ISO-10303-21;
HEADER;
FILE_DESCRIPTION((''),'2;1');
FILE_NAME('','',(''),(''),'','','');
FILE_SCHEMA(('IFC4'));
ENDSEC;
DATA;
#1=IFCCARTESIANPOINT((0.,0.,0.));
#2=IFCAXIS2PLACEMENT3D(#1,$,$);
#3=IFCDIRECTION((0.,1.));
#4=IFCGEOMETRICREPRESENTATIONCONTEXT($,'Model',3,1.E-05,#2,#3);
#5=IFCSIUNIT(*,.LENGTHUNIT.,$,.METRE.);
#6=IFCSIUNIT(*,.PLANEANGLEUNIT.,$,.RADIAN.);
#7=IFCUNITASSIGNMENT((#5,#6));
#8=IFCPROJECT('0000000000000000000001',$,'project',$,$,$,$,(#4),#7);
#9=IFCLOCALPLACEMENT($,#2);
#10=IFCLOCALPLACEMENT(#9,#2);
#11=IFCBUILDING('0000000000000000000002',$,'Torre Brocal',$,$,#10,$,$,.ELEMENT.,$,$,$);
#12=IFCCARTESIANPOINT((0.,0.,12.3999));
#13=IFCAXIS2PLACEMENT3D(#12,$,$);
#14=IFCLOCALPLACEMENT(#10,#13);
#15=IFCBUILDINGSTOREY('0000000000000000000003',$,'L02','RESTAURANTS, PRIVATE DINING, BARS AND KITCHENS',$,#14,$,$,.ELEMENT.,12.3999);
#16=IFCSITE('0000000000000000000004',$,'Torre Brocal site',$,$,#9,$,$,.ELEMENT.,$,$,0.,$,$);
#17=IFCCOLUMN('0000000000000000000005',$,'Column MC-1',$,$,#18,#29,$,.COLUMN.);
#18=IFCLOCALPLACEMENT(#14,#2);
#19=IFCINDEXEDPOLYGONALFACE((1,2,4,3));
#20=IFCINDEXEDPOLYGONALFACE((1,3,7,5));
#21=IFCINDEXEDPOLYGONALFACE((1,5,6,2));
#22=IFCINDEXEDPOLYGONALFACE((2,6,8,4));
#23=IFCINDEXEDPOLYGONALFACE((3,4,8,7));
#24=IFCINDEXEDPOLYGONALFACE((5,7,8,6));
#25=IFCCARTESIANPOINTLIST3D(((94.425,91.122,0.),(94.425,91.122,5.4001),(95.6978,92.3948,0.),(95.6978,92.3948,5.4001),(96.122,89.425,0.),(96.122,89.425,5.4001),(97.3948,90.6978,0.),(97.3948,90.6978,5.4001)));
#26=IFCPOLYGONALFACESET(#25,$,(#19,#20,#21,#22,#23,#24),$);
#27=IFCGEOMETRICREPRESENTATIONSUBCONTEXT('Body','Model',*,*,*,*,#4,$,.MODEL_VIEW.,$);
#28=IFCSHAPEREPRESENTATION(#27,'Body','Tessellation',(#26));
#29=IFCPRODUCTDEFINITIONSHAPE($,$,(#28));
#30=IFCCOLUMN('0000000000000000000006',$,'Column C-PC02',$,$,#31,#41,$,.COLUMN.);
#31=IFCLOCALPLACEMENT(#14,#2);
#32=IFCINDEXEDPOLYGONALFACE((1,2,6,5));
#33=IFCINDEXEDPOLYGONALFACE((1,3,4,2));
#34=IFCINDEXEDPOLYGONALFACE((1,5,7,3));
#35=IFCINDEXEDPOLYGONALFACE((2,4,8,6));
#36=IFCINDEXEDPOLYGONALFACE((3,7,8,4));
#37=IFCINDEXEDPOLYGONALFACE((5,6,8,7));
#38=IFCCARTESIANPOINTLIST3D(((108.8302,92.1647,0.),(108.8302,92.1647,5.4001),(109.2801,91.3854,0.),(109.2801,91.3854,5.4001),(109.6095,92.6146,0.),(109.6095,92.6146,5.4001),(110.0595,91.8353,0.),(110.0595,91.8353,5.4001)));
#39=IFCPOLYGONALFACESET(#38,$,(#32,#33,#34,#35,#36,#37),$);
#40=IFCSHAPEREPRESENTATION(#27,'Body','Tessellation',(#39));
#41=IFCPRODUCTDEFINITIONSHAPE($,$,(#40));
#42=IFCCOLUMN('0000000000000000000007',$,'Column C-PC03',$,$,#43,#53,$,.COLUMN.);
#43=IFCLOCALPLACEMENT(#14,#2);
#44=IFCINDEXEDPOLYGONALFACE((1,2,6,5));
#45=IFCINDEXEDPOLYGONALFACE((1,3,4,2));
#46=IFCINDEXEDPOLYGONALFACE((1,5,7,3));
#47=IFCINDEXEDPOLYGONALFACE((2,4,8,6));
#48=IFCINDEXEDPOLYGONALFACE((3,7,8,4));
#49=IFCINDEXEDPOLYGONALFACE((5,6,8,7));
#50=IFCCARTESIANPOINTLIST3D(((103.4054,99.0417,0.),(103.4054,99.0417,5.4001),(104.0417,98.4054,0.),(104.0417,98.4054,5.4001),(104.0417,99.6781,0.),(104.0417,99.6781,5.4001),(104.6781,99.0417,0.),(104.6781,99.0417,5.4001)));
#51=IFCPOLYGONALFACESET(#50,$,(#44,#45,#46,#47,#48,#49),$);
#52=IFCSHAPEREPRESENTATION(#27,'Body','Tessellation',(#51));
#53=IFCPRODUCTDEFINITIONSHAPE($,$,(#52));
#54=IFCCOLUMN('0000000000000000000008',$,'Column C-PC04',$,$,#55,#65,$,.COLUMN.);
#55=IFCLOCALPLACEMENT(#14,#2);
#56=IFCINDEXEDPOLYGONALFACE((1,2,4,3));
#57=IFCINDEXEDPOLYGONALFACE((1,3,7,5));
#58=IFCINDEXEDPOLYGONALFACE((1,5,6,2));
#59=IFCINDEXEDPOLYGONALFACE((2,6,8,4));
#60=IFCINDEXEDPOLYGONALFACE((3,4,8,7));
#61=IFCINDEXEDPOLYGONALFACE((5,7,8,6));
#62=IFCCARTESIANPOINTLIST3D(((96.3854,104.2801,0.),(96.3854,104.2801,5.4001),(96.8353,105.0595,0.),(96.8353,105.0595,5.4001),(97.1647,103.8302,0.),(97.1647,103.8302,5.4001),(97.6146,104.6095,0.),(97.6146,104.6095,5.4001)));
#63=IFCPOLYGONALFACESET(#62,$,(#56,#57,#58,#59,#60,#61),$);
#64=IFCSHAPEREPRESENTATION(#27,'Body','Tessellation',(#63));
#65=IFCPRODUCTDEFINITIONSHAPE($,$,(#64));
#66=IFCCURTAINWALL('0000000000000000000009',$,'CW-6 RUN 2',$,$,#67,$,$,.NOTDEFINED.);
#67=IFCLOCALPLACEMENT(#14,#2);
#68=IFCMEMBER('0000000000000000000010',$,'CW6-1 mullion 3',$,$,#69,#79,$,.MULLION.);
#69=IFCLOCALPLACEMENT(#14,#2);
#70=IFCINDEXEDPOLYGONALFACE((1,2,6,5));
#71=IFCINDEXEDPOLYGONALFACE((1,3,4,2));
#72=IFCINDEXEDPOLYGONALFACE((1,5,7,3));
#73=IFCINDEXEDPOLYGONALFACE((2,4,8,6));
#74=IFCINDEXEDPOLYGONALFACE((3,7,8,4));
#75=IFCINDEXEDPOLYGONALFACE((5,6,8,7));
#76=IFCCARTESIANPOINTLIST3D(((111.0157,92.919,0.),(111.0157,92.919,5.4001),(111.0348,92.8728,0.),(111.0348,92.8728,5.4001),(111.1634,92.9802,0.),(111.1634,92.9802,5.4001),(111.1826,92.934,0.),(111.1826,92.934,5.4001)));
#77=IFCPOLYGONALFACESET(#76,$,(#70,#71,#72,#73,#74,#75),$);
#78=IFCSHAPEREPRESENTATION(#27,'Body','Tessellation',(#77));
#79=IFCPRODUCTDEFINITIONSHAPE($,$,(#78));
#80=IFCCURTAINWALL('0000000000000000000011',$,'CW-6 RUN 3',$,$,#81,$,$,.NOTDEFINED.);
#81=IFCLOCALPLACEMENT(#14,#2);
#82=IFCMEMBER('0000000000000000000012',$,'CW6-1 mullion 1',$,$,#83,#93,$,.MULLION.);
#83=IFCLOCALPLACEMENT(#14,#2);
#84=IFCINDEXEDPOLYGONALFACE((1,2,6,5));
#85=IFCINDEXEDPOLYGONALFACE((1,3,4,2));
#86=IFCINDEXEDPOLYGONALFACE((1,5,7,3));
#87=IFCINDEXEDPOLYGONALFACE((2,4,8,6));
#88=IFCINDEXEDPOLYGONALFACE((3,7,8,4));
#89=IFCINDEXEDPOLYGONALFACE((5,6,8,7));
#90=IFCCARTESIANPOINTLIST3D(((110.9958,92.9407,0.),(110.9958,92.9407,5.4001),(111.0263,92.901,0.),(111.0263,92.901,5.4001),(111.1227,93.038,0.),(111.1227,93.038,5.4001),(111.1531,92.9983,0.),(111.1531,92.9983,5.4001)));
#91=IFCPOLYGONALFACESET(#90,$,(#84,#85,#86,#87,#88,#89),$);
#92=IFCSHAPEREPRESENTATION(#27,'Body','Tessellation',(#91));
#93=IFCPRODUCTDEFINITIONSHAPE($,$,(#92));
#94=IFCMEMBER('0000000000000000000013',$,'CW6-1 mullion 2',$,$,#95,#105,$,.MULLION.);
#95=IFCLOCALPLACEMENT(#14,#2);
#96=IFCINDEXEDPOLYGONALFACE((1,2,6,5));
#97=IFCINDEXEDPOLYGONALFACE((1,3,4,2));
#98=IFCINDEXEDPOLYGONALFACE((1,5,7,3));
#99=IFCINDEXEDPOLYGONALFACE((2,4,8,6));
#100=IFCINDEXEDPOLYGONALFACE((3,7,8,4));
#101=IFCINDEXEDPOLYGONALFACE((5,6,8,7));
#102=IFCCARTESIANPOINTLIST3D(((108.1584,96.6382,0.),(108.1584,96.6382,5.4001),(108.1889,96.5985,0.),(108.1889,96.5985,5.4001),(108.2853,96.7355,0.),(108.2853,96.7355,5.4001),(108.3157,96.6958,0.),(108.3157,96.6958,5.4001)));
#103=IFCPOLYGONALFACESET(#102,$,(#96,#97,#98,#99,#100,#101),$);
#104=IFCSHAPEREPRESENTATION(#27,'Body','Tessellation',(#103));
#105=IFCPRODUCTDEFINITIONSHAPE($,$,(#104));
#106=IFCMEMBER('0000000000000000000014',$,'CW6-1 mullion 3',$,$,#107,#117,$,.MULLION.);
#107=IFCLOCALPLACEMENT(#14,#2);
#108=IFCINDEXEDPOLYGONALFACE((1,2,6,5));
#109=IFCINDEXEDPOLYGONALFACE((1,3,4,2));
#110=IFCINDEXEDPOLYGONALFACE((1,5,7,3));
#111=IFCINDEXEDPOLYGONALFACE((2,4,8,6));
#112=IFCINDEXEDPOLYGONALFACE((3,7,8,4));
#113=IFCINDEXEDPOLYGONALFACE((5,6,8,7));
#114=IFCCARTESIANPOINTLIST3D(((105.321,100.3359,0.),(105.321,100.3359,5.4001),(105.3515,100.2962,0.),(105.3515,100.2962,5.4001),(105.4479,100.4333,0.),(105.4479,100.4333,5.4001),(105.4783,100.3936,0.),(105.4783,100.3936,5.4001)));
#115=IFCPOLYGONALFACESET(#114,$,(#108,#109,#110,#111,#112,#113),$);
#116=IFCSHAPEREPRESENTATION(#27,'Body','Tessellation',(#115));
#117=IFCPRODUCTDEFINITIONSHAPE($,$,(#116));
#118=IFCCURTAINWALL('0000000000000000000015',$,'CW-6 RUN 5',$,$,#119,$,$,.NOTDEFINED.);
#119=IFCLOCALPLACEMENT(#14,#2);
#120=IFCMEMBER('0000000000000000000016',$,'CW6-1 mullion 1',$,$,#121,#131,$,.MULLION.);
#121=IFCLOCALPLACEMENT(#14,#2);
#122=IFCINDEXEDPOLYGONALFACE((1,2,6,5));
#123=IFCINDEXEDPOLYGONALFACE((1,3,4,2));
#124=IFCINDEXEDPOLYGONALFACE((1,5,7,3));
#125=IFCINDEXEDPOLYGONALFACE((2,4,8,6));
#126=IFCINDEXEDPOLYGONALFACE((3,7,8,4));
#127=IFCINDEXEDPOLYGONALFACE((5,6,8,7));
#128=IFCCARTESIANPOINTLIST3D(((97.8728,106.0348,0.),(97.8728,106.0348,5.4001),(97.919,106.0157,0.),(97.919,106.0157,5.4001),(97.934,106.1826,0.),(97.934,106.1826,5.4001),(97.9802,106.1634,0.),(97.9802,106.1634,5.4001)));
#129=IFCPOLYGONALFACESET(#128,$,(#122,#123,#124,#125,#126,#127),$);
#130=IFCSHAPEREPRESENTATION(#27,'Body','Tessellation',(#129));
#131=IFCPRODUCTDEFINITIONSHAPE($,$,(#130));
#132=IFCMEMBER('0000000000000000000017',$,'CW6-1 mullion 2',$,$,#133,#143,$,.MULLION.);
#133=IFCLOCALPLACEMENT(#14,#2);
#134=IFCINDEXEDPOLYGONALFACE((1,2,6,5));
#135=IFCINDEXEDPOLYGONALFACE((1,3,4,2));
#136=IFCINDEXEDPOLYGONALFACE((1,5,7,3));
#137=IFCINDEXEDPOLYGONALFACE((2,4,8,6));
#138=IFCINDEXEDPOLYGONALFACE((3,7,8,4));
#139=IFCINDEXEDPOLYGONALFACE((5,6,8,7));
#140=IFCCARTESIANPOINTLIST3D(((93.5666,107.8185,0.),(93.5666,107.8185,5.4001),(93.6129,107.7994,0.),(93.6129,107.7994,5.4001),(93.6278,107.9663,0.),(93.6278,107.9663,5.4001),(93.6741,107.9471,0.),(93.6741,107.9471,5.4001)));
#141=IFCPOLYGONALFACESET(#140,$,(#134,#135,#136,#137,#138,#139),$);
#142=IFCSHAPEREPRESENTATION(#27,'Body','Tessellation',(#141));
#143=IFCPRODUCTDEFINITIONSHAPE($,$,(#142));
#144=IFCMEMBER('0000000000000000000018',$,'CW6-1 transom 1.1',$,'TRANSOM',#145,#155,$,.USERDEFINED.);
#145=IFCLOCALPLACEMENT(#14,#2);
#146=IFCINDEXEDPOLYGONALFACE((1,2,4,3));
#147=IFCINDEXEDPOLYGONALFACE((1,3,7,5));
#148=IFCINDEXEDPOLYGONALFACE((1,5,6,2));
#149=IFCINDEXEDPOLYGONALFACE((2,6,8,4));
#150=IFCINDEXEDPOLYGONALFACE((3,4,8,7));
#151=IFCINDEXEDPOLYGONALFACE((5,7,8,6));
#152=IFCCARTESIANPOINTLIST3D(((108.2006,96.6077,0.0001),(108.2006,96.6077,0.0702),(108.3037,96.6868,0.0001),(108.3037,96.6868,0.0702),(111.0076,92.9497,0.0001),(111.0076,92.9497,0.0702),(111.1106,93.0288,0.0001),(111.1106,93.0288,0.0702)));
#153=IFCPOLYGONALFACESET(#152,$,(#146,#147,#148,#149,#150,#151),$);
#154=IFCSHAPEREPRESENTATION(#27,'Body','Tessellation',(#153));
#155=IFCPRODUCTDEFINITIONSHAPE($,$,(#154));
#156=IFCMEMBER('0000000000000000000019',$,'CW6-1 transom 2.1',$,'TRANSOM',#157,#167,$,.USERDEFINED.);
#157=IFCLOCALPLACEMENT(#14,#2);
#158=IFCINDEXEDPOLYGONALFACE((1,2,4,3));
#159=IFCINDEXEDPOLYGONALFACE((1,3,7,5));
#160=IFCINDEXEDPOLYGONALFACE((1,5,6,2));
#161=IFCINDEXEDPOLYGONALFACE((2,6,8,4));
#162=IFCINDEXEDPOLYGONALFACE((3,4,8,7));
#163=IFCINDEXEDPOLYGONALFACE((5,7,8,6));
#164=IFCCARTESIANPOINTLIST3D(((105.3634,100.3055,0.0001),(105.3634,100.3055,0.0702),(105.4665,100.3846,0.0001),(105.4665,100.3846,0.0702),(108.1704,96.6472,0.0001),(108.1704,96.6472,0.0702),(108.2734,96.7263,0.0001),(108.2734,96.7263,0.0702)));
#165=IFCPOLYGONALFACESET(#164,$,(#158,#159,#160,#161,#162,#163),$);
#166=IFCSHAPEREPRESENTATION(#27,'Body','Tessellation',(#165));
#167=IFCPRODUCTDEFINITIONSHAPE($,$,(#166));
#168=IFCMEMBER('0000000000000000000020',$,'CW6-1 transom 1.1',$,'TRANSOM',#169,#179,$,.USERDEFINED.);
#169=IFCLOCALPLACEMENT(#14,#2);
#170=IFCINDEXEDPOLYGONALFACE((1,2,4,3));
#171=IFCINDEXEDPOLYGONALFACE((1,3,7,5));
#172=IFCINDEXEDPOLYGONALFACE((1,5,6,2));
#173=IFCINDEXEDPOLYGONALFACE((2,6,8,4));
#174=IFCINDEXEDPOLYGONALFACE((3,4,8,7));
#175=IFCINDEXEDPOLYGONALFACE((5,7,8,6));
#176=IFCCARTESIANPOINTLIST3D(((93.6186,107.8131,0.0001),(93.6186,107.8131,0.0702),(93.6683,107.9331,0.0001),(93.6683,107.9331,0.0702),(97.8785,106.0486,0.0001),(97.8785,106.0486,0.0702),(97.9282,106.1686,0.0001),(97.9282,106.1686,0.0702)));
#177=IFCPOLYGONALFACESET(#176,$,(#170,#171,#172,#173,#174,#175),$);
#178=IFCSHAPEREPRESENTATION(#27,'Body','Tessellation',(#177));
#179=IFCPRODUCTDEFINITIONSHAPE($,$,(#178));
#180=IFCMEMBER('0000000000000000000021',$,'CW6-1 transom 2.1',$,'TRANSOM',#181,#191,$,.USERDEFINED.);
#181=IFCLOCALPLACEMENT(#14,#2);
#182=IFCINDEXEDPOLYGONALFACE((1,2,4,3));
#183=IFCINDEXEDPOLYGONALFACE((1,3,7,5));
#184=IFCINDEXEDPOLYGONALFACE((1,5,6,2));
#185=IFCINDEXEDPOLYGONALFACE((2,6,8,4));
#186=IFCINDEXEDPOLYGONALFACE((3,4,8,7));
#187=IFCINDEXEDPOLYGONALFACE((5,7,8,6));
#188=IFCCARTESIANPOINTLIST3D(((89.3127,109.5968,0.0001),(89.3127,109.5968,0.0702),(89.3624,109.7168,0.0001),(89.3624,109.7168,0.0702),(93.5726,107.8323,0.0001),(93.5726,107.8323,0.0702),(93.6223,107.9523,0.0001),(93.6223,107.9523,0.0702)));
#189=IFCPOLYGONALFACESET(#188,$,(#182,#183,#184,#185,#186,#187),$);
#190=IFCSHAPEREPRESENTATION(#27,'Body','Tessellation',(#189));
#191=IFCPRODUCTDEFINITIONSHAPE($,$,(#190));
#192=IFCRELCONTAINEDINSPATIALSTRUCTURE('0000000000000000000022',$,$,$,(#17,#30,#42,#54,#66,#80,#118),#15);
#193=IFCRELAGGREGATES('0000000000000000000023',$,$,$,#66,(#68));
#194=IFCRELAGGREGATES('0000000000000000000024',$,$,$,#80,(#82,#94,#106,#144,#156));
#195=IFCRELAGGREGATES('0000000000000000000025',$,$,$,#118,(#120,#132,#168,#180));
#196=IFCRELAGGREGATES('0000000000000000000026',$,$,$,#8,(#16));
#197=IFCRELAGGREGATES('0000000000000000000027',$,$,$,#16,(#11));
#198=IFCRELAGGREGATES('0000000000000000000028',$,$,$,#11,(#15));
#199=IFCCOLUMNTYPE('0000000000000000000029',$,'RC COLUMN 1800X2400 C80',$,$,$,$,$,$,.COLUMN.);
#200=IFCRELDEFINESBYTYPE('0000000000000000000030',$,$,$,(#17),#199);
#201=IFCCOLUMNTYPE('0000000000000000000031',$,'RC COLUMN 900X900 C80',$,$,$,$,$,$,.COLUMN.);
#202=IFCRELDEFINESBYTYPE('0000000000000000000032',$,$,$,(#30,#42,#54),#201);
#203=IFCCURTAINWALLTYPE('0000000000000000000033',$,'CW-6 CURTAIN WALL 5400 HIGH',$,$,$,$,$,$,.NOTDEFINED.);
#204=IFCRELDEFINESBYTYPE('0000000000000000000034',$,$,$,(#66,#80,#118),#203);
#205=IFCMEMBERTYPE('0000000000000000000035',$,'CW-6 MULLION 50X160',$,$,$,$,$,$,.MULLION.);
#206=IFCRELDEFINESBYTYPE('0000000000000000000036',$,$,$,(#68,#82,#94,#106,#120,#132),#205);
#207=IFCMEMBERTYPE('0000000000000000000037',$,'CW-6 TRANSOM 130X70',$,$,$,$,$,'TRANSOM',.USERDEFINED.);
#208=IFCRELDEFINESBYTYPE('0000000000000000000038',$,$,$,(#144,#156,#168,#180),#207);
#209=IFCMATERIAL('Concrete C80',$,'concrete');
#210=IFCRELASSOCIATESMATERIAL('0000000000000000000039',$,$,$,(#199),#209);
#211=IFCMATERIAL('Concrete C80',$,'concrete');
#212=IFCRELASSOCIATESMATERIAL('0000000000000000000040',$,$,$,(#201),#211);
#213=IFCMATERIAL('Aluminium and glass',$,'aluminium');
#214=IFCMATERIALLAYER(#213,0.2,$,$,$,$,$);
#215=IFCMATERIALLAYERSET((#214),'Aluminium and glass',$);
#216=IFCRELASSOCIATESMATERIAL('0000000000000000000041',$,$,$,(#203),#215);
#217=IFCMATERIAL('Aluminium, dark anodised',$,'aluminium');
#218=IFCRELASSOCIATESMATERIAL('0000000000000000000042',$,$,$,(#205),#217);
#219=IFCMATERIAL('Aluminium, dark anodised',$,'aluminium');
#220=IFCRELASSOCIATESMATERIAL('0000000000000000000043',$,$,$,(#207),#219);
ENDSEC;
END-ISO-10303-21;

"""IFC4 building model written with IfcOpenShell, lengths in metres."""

from ifc_helpers import new_model, si_unit, direction, frame, origin, origin_2d, place, context, subcontext, project, spatial, rectangle, extrude, material, layer, layer_set, material_profile, profile_set, type_object, element, aggregate, save


model = new_model("IFC4")

# Units and contexts
model_context = context("Model", 3, precision=1e-05, world=origin(), true_north=direction((0.0, 1.0)))
body_context = subcontext(model_context, "Body", "Model", "MODEL_VIEW")
ifc_project = project(units=[si_unit("LENGTHUNIT", "METRE"), si_unit("PLANEANGLEUNIT", "RADIAN")], contexts=[model_context])

# Site, building, storey
site_placement = place(None, origin())
site = spatial("IfcSite", under=ifc_project, at=site_placement, Name="Torre Brocal site", CompositionType="ELEMENT", RefElevation=0.0)
building_placement = place(site_placement, origin())
building = spatial("IfcBuilding", under=site, at=building_placement, Name="Torre Brocal", CompositionType="ELEMENT")
storey_placement = place(building_placement, frame((0.0, 0.0, 12.3999)))
storey = spatial("IfcBuildingStorey", under=building, at=storey_placement, Name="L02", Description="RESTAURANTS, PRIVATE DINING, BARS AND KITCHENS", CompositionType="ELEMENT", Elevation=12.3999)

# Columns
ifc_material_1 = material(Name="Concrete C80", Category="concrete")
ifc_material_profile_1 = material_profile(ifc_material_1, rectangle(XDim=1.8, YDim=2.3999, at=origin_2d()), Name="RC 1800X2400")
ifc_profile_set_1 = profile_set([ifc_material_profile_1], Name="Concrete C80")
column_type_1 = type_object("IfcColumnType", Name="RC COLUMN 1800X2400 C80", PredefinedType="COLUMN", material=ifc_profile_set_1)
column_placement = place(storey_placement, frame((95.9099, 90.9099, 0.0), z_axis=(0.0, 0.0, 1.0), x_axis=(0.707107, 0.707107, 0.0)))
element("IfcColumn", 1, at=column_placement, inside=storey, type_object=column_type_1, Name="Column MC-1", PredefinedType="COLUMN", context=body_context, shape_type="SweptSolid", body=[
    extrude(rectangle(XDim=1.8, YDim=2.3999, at=origin_2d()), origin(), (0.0, 0.0, 1.0), 5.4001),
])
ifc_material_2 = material(Name="Concrete C80", Category="concrete")
ifc_material_profile_2 = material_profile(ifc_material_2, rectangle(XDim=0.8999, YDim=0.8999, at=origin_2d()), Name="RC 900X900")
ifc_profile_set_2 = profile_set([ifc_material_profile_2], Name="Concrete C80")
column_type_2 = type_object("IfcColumnType", Name="RC COLUMN 900X900 C80", PredefinedType="COLUMN", material=ifc_profile_set_2)
for number, where, z_axis, x_axis, name in (
    (2, (109.4448, 92.0, 0.0), (0.0, 0.0, 1.0), (0.866025, 0.5, 0.0), "Column C-PC02"),
    (3, (104.0417, 99.0417, 0.0), (0.0, 0.0, 1.0), (0.707107, 0.707107, 0.0), "Column C-PC03"),
    (4, (97.0, 104.4448, 0.0), (0.0, 0.0, 1.0), (0.5, 0.866025, 0.0), "Column C-PC04"),
):
    element("IfcColumn", number, at=place(storey_placement, frame(where, z_axis=z_axis, x_axis=x_axis)), inside=storey, type_object=column_type_2, Name=name, PredefinedType="COLUMN", context=body_context, shape_type="SweptSolid", body=[
        extrude(rectangle(XDim=0.8999, YDim=0.8999, at=origin_2d()), origin(), (0.0, 0.0, 1.0), 5.4001),
    ])

# Curtain wall, member
ifc_material_3 = material(Name="Aluminium and glass", Category="aluminium")
ifc_layer_1 = layer(ifc_material_3, 0.2)
ifc_layer_set_1 = layer_set([ifc_layer_1], Name="Aluminium and glass")
curtain_wall_type = type_object("IfcCurtainWallType", Name="CW-6 CURTAIN WALL 5400 HIGH", PredefinedType="NOTDEFINED", material=ifc_layer_set_1)
curtain_wall_1_placement = place(storey_placement, origin())
curtain_wall_1 = element("IfcCurtainWall", 5, at=curtain_wall_1_placement, inside=storey, type_object=curtain_wall_type, Name="CW-6 RUN 2", PredefinedType="NOTDEFINED")
ifc_material_4 = material(Name="Aluminium, dark anodised", Category="aluminium")
ifc_material_profile_3 = material_profile(ifc_material_4, rectangle(XDim=0.1599, YDim=0.05, at=origin_2d()), Name="CW-6 MULLION 50X160")
ifc_profile_set_3 = profile_set([ifc_material_profile_3], Name="Aluminium, dark anodised")
member_type_1 = type_object("IfcMemberType", Name="CW-6 MULLION 50X160", PredefinedType="MULLION", material=ifc_profile_set_3)
member_1_placement = place(storey_placement, frame((111.0991, 92.9265, 0.0), z_axis=(0.0, 0.0, 1.0), x_axis=(-0.92388, -0.382683, 0.0)))
member_1 = element("IfcMember", 6, at=member_1_placement, type_object=member_type_1, Name="CW6-1 mullion 3", PredefinedType="MULLION", context=body_context, shape_type="SweptSolid", body=[
    extrude(rectangle(XDim=0.1599, YDim=0.05, at=origin_2d()), origin(), (0.0, 0.0, 1.0), 5.4001),
])

# Curtain walls, members
curtain_wall_2_placement = place(storey_placement, origin())
curtain_wall_2 = element("IfcCurtainWall", 7, at=curtain_wall_2_placement, inside=storey, type_object=curtain_wall_type, Name="CW-6 RUN 3", PredefinedType="NOTDEFINED")
member_2_placement = place(storey_placement, frame((111.0745, 92.9695, 0.0), z_axis=(0.0, 0.0, 1.0), x_axis=(-0.793353, -0.608761, 0.0)))
member_2 = element("IfcMember", 8, at=member_2_placement, type_object=member_type_1, Name="CW6-1 mullion 1", PredefinedType="MULLION", context=body_context, shape_type="SweptSolid", body=[
    extrude(rectangle(XDim=0.1599, YDim=0.05, at=origin_2d()), origin(), (0.0, 0.0, 1.0), 5.4001),
])
member_3_placement = place(storey_placement, frame((108.2371, 96.667, 0.0), z_axis=(0.0, 0.0, 1.0), x_axis=(-0.793353, -0.608761, 0.0)))
member_3 = element("IfcMember", 9, at=member_3_placement, type_object=member_type_1, Name="CW6-1 mullion 2", PredefinedType="MULLION", context=body_context, shape_type="SweptSolid", body=[
    extrude(rectangle(XDim=0.1599, YDim=0.05, at=origin_2d()), origin(), (0.0, 0.0, 1.0), 5.4001),
])
member_4_placement = place(storey_placement, frame((105.3997, 100.3647, 0.0), z_axis=(0.0, 0.0, 1.0), x_axis=(-0.793353, -0.608761, 0.0)))
member_4 = element("IfcMember", 10, at=member_4_placement, type_object=member_type_1, Name="CW6-1 mullion 3", PredefinedType="MULLION", context=body_context, shape_type="SweptSolid", body=[
    extrude(rectangle(XDim=0.1599, YDim=0.05, at=origin_2d()), origin(), (0.0, 0.0, 1.0), 5.4001),
])
curtain_wall_3_placement = place(storey_placement, origin())
curtain_wall_3 = element("IfcCurtainWall", 11, at=curtain_wall_3_placement, inside=storey, type_object=curtain_wall_type, Name="CW-6 RUN 5", PredefinedType="NOTDEFINED")
member_5_placement = place(storey_placement, frame((97.9265, 106.0991, 0.0), z_axis=(0.0, 0.0, 1.0), x_axis=(-0.382683, -0.92388, 0.0)))
member_5 = element("IfcMember", 12, at=member_5_placement, type_object=member_type_1, Name="CW6-1 mullion 1", PredefinedType="MULLION", context=body_context, shape_type="SweptSolid", body=[
    extrude(rectangle(XDim=0.1599, YDim=0.05, at=origin_2d()), origin(), (0.0, 0.0, 1.0), 5.4001),
])
member_6_placement = place(storey_placement, frame((93.6204, 107.8828, 0.0), z_axis=(0.0, 0.0, 1.0), x_axis=(-0.382683, -0.92388, 0.0)))
member_6 = element("IfcMember", 13, at=member_6_placement, type_object=member_type_1, Name="CW6-1 mullion 2", PredefinedType="MULLION", context=body_context, shape_type="SweptSolid", body=[
    extrude(rectangle(XDim=0.1599, YDim=0.05, at=origin_2d()), origin(), (0.0, 0.0, 1.0), 5.4001),
])

# Members
ifc_material_5 = material(Name="Aluminium, dark anodised", Category="aluminium")
ifc_material_profile_4 = material_profile(ifc_material_5, rectangle(XDim=0.1299, YDim=0.0701, at=origin_2d()), Name="CW-6 TRANSOM 130X70")
ifc_profile_set_4 = profile_set([ifc_material_profile_4], Name="Aluminium, dark anodised")
member_type_2 = type_object("IfcMemberType", Name="CW-6 TRANSOM 130X70", ElementType="TRANSOM", PredefinedType="USERDEFINED", material=ifc_profile_set_4)
member_7_placement = place(storey_placement, frame((111.0591, 92.9893, 0.0352), z_axis=(-0.608766, 0.79335, 0.0), x_axis=(-0.79335, -0.608766, 0.0)))
member_7 = element("IfcMember", 14, at=member_7_placement, type_object=member_type_2, Name="CW6-1 transom 1.1", ObjectType="TRANSOM", PredefinedType="USERDEFINED", context=body_context, shape_type="SweptSolid", body=[
    extrude(rectangle(XDim=0.1299, YDim=0.0701, at=origin_2d()), origin(), (0.0, 0.0, 1.0), 4.6108),
])
member_8_placement = place(storey_placement, frame((108.2219, 96.6868, 0.0352), z_axis=(-0.608741, 0.793369, 0.0), x_axis=(-0.793369, -0.608741, 0.0)))
member_8 = element("IfcMember", 15, at=member_8_placement, type_object=member_type_2, Name="CW6-1 transom 2.1", ObjectType="TRANSOM", PredefinedType="USERDEFINED", context=body_context, shape_type="SweptSolid", body=[
    extrude(rectangle(XDim=0.1299, YDim=0.0701, at=origin_2d()), origin(), (0.0, 0.0, 1.0), 4.6111),
])
member_9_placement = place(storey_placement, frame((97.9033, 106.1086, 0.0352), z_axis=(-0.923883, 0.382674, 0.0), x_axis=(-0.382674, -0.923883, 0.0)))
member_9 = element("IfcMember", 16, at=member_9_placement, type_object=member_type_2, Name="CW6-1 transom 1.1", ObjectType="TRANSOM", PredefinedType="USERDEFINED", context=body_context, shape_type="SweptSolid", body=[
    extrude(rectangle(XDim=0.1299, YDim=0.0701, at=origin_2d()), origin(), (0.0, 0.0, 1.0), 4.6108),
])
member_10_placement = place(storey_placement, frame((93.5974, 107.8923, 0.0352), z_axis=(-0.923883, 0.382674, 0.0), x_axis=(-0.382674, -0.923883, 0.0)))
member_10 = element("IfcMember", 17, at=member_10_placement, type_object=member_type_2, Name="CW6-1 transom 2.1", ObjectType="TRANSOM", PredefinedType="USERDEFINED", context=body_context, shape_type="SweptSolid", body=[
    extrude(rectangle(XDim=0.1299, YDim=0.0701, at=origin_2d()), origin(), (0.0, 0.0, 1.0), 4.6108),
])

aggregate(curtain_wall_1, [member_1])
aggregate(curtain_wall_2, [member_2, member_3, member_4, member_7, member_8])
aggregate(curtain_wall_3, [member_5, member_6, member_9, member_10])

save(model, "model.ifc")
